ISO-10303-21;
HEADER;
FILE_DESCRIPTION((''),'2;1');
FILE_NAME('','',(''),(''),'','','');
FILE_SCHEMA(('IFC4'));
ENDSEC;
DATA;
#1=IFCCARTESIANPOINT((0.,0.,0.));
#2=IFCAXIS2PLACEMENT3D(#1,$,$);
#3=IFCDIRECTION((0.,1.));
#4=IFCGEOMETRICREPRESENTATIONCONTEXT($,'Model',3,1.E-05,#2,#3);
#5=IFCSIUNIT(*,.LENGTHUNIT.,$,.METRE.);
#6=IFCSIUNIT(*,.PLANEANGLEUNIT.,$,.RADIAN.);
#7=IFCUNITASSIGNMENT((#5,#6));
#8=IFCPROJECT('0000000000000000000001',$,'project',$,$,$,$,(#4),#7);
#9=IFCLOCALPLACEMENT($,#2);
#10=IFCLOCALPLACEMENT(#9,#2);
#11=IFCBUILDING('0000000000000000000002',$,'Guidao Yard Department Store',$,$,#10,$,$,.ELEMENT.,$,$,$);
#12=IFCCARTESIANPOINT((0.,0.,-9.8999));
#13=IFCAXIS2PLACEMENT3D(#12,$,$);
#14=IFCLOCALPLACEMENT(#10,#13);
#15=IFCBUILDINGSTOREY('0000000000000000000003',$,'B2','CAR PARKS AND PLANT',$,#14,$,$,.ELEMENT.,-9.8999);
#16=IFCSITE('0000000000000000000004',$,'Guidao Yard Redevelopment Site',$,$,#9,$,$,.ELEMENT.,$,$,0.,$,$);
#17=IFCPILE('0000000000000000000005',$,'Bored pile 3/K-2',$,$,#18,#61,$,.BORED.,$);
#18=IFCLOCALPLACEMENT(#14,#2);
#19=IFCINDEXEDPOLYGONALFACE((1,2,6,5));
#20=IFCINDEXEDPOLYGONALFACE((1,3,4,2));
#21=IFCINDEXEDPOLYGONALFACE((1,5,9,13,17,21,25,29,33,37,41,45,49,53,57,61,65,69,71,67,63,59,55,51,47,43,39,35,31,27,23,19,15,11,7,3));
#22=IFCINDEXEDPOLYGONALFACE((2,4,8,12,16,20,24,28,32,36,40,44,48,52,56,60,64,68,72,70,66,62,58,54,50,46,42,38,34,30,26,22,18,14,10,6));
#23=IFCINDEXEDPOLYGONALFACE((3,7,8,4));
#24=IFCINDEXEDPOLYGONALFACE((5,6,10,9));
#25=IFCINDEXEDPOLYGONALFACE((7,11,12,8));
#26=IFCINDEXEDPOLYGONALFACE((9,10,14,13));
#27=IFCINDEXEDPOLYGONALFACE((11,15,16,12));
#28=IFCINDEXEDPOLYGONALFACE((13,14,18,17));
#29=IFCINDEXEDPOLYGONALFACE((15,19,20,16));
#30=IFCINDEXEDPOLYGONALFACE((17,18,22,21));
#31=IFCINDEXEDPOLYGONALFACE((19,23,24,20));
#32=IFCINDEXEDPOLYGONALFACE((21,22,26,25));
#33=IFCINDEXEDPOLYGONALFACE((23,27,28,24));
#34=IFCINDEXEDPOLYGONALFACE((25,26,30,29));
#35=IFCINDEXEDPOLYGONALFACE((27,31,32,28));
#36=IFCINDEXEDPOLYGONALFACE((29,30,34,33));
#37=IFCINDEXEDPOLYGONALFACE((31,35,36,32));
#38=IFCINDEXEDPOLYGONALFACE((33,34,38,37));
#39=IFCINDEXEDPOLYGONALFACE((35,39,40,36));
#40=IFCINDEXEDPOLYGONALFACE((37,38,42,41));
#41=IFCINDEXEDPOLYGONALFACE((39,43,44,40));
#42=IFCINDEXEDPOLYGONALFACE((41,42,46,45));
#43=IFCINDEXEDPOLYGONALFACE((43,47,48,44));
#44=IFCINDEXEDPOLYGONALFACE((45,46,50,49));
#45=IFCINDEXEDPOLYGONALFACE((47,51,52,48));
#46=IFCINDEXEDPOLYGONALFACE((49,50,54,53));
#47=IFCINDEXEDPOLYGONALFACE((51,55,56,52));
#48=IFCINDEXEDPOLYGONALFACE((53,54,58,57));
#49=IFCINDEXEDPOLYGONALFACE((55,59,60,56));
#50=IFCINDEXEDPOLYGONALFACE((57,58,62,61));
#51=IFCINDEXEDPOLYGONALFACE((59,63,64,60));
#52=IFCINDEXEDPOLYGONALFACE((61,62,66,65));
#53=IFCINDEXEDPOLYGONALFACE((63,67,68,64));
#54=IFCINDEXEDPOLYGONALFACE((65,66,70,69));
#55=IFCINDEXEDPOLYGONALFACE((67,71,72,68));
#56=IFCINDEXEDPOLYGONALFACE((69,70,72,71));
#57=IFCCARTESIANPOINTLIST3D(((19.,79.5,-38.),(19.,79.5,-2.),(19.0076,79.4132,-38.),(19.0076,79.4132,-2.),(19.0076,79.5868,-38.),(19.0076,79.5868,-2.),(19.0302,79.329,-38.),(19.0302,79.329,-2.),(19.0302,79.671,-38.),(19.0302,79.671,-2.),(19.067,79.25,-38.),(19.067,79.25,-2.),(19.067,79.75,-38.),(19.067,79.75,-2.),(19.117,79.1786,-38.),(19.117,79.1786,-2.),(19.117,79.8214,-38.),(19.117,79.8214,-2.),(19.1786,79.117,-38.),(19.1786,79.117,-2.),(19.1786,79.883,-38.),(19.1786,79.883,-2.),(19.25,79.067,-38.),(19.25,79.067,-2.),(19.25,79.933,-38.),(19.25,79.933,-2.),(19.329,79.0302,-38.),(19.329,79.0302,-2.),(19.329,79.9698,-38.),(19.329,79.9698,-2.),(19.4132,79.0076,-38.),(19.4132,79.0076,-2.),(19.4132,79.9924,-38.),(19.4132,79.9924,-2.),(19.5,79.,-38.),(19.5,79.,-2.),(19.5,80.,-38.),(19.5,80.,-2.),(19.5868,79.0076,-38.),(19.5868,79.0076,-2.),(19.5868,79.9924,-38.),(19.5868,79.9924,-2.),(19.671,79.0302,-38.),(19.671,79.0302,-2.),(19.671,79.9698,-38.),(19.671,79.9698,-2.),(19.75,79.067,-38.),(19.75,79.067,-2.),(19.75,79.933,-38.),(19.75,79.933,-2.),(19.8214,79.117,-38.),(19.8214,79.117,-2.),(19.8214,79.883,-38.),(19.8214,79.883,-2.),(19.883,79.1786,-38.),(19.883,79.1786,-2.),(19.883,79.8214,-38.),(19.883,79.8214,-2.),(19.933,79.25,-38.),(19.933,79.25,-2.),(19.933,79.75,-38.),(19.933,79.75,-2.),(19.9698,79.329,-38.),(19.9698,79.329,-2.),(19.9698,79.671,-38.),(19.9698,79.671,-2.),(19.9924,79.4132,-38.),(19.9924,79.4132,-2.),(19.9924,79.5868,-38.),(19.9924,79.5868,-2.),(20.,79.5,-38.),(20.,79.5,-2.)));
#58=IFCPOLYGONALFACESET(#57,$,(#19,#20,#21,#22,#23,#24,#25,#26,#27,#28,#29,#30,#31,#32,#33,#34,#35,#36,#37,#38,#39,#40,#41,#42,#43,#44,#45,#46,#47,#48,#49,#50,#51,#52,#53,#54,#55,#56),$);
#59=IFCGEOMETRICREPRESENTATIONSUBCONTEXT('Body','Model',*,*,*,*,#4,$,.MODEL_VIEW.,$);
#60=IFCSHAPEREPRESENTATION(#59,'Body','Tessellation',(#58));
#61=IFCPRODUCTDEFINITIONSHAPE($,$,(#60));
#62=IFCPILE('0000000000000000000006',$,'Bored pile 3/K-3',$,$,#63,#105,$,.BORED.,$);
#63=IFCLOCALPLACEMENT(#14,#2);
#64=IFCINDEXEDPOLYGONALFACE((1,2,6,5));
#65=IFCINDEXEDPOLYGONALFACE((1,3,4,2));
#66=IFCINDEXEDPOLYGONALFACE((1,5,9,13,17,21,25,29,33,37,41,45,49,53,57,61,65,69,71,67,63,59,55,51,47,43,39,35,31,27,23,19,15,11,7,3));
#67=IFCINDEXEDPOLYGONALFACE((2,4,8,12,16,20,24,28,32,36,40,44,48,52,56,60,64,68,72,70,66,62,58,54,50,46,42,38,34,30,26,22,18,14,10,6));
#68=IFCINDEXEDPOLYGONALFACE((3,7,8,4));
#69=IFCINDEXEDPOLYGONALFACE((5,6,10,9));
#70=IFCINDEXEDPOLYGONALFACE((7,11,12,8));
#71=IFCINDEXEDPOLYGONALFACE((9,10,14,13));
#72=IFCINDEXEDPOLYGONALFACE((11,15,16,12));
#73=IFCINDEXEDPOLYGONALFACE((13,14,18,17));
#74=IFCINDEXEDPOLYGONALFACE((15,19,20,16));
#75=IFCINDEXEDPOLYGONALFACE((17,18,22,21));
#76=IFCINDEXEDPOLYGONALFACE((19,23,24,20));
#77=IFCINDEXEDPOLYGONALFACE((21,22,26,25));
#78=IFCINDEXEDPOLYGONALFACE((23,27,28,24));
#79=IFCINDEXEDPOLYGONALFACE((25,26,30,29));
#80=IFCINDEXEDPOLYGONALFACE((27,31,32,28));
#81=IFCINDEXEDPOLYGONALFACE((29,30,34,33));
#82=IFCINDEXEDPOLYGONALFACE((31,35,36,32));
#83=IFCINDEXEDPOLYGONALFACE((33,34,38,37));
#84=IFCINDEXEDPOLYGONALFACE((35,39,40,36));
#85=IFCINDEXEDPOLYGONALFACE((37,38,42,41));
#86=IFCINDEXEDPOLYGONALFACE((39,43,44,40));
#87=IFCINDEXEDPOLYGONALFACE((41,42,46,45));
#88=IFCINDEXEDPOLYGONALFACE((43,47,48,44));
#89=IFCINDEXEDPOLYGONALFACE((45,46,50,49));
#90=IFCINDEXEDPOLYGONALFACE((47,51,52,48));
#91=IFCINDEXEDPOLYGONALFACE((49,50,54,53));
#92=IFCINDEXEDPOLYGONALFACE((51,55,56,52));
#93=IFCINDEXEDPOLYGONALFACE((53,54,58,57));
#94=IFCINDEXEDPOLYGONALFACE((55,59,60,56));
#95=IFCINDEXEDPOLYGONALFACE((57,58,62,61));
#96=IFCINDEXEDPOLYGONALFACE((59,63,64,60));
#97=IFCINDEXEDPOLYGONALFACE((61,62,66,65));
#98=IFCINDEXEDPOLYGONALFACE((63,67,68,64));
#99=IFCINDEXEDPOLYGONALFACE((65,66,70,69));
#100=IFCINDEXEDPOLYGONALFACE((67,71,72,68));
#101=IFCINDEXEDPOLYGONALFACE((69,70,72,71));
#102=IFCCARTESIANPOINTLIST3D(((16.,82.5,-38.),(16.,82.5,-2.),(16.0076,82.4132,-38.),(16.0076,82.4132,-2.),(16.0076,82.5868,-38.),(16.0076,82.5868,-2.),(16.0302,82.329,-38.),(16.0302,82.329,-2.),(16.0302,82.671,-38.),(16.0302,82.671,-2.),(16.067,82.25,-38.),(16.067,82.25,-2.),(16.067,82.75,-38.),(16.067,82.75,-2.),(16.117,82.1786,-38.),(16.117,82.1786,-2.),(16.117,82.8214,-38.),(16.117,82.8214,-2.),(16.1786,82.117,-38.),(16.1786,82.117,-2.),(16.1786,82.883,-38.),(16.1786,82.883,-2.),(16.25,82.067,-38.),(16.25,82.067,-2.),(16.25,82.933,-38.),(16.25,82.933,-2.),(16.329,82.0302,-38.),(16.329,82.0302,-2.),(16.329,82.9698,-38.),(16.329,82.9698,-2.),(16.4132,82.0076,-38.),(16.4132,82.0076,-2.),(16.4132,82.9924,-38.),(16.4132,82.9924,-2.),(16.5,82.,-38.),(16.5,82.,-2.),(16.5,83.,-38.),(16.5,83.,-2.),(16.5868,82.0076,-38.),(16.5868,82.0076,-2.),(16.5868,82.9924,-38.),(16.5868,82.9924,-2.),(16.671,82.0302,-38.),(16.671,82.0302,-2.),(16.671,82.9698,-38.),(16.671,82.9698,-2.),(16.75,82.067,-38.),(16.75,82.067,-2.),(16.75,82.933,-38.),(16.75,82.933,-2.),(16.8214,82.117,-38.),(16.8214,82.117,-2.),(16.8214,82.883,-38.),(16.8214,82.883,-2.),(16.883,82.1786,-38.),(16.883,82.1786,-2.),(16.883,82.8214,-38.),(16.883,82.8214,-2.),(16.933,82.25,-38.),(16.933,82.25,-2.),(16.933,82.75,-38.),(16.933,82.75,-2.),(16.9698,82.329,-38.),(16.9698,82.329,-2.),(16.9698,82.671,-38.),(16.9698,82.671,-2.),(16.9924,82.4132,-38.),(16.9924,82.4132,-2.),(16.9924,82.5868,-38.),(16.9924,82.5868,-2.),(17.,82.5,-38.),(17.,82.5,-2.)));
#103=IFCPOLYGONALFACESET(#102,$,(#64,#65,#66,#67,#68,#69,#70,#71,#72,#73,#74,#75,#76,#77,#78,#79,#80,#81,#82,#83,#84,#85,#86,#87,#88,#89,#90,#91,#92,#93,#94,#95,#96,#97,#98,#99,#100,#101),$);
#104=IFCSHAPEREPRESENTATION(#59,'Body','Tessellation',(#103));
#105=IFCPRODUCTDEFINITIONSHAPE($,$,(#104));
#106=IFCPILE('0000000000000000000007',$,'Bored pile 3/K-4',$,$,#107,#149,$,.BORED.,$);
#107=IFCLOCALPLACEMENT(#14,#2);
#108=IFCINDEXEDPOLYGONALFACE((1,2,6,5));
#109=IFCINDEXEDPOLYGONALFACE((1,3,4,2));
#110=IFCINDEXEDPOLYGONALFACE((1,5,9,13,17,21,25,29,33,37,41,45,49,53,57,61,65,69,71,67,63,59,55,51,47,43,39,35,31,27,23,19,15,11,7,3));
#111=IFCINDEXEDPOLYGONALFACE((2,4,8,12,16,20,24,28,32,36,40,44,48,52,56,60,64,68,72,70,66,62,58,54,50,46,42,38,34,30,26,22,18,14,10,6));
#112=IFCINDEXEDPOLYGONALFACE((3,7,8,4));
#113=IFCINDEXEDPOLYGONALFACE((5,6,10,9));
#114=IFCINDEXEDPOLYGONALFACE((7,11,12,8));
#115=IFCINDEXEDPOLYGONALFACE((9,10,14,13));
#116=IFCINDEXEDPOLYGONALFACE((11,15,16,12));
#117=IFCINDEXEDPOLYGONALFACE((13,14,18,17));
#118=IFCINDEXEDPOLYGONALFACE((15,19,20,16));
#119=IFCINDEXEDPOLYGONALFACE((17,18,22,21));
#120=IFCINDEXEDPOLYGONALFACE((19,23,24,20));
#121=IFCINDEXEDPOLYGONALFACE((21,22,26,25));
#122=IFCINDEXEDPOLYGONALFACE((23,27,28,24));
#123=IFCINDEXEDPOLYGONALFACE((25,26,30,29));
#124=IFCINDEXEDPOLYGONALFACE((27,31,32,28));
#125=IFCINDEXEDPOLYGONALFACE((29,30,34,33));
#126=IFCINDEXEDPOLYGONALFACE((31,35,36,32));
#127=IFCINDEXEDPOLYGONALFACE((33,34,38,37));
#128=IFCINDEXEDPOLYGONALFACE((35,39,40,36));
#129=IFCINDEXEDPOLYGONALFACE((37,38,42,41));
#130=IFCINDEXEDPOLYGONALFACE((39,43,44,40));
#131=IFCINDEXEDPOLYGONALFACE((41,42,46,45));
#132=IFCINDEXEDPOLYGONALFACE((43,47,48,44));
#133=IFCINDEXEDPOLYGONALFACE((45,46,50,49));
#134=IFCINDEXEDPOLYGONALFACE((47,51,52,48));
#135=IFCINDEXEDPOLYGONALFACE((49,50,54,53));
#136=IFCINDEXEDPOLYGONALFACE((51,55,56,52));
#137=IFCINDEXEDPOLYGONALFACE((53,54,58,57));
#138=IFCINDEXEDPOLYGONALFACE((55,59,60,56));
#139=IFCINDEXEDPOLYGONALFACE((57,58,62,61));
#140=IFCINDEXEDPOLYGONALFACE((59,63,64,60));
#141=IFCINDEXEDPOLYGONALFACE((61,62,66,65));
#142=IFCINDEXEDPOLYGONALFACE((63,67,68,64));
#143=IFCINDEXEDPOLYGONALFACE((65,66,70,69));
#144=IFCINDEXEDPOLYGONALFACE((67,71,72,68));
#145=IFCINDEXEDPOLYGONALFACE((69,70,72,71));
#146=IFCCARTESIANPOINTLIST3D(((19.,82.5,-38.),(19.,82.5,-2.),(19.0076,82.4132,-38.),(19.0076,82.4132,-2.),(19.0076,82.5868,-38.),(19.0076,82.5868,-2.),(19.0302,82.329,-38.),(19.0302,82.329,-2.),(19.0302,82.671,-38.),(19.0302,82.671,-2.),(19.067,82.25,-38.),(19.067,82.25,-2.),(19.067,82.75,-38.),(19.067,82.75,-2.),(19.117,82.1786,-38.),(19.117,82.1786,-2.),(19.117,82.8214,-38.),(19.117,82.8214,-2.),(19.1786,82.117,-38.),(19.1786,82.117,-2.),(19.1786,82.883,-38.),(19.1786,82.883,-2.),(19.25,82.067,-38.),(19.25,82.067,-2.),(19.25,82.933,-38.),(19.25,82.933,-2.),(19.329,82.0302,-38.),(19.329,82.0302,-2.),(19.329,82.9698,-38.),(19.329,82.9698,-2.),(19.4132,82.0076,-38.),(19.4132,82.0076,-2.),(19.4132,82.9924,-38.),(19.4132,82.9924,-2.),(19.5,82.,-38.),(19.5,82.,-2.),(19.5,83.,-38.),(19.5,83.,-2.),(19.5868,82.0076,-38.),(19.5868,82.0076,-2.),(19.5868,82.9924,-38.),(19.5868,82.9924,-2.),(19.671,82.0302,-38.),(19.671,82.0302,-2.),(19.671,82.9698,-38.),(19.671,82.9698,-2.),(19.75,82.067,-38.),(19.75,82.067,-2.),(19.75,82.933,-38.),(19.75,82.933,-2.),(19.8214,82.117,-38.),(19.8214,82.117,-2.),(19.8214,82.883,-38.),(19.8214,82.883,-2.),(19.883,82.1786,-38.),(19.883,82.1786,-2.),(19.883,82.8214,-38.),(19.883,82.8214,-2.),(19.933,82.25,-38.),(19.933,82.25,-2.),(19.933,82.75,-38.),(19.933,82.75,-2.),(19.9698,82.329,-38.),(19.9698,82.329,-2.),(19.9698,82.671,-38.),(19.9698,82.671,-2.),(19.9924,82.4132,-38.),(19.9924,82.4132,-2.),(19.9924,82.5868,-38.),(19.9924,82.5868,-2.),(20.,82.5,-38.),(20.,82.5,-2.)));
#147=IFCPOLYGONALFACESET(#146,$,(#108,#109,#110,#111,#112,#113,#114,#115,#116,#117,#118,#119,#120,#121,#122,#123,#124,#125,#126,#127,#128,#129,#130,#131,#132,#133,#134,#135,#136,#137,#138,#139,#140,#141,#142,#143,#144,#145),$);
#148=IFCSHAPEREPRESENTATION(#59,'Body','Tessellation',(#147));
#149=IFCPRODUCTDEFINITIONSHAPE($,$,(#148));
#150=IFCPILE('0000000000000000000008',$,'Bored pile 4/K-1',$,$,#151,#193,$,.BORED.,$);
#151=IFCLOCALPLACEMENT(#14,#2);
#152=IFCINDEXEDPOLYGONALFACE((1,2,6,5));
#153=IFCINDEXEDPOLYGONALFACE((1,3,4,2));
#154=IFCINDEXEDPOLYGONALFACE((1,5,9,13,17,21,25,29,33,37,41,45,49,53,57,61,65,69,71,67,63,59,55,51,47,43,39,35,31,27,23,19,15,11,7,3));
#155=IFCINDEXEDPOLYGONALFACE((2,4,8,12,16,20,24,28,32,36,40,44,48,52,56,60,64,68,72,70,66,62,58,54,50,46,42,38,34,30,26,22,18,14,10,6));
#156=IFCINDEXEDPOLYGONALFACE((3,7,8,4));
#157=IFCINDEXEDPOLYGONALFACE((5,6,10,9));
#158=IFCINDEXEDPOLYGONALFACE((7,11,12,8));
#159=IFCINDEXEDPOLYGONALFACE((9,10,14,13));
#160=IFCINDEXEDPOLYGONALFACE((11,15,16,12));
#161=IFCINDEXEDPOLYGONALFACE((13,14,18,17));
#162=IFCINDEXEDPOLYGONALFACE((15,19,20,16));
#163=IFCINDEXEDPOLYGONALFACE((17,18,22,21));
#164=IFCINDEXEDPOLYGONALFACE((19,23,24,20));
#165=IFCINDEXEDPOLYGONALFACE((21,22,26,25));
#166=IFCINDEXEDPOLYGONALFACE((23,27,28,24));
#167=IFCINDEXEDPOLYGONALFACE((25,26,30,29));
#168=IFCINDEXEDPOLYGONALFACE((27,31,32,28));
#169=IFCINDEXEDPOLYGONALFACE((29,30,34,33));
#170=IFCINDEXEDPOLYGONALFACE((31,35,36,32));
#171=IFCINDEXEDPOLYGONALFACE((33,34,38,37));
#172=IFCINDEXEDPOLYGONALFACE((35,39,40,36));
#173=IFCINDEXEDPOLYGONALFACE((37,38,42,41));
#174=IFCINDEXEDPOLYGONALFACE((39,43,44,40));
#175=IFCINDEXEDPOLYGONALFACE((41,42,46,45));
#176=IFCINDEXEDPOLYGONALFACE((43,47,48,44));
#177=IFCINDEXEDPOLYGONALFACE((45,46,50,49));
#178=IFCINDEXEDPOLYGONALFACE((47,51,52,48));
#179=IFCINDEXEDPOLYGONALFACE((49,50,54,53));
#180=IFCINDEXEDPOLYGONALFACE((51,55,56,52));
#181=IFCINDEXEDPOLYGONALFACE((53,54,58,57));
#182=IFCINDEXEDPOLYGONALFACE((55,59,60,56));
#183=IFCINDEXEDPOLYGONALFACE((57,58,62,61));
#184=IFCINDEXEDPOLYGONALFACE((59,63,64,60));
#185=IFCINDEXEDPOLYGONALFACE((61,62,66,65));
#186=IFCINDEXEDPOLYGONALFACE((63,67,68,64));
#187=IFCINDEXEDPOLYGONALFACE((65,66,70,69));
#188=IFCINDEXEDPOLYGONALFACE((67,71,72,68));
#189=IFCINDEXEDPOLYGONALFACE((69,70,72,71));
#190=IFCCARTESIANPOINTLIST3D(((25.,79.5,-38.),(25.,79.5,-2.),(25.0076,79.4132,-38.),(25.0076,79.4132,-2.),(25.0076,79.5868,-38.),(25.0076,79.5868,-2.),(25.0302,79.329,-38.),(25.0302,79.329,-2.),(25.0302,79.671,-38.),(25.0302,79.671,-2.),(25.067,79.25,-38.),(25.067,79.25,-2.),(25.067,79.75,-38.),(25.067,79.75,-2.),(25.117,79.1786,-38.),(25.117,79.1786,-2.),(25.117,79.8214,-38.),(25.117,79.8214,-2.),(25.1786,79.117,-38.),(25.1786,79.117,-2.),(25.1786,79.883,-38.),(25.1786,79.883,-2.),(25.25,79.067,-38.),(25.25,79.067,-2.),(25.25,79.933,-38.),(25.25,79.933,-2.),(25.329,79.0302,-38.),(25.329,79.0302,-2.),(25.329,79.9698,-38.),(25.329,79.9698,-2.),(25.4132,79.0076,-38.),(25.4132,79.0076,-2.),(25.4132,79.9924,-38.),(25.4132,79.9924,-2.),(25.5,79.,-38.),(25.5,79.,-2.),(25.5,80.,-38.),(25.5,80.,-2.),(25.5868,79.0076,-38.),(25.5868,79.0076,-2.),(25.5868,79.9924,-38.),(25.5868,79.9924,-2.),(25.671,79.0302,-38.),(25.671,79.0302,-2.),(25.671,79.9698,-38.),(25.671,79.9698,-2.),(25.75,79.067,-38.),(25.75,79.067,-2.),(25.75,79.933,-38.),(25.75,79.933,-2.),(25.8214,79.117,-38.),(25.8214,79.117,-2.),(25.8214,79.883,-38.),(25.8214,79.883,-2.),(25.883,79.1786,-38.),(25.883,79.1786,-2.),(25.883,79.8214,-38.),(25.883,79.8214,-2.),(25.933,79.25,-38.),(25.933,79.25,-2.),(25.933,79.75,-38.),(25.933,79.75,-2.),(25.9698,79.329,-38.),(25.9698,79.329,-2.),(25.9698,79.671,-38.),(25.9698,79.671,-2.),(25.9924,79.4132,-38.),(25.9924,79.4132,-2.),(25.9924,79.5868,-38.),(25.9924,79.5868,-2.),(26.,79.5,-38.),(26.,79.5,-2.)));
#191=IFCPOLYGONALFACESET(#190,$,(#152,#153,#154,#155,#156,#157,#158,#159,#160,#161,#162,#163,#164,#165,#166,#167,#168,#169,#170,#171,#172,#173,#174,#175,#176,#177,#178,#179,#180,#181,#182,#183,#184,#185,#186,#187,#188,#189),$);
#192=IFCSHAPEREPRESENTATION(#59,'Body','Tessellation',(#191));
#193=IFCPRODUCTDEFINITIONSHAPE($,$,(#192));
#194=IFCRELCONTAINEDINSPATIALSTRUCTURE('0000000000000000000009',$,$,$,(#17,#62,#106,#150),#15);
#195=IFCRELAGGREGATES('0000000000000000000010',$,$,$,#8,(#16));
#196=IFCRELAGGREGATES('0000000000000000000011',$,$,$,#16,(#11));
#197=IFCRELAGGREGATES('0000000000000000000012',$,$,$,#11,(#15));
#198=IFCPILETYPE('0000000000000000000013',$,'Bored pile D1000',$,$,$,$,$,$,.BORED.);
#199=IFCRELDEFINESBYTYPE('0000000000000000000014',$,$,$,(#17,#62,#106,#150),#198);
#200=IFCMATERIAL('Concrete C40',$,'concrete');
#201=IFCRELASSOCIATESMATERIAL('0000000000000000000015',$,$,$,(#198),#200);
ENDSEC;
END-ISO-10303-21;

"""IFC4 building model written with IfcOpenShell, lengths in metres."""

from ifc_helpers import new_model, si_unit, direction, frame, origin, origin_2d, place, context, subcontext, project, spatial, circle, extrude, material, material_profile, profile_set, type_object, element, save


model = new_model("IFC4")

# Units and contexts
model_context = context("Model", 3, precision=1e-05, world=origin(), true_north=direction((0.0, 1.0)))
body_context = subcontext(model_context, "Body", "Model", "MODEL_VIEW")
ifc_project = project(units=[si_unit("LENGTHUNIT", "METRE"), si_unit("PLANEANGLEUNIT", "RADIAN")], contexts=[model_context])

# Site, building, storey
site_placement = place(None, origin())
site = spatial("IfcSite", under=ifc_project, at=site_placement, Name="Guidao Yard Redevelopment Site", CompositionType="ELEMENT", RefElevation=0.0)
building_placement = place(site_placement, origin())
building = spatial("IfcBuilding", under=site, at=building_placement, Name="Guidao Yard Department Store", CompositionType="ELEMENT")
storey_placement = place(building_placement, frame((0.0, 0.0, -9.8999)))
storey = spatial("IfcBuildingStorey", under=building, at=storey_placement, Name="B2", Description="CAR PARKS AND PLANT", CompositionType="ELEMENT", Elevation=-9.8999)

# Piles
ifc_material_1 = material(Name="Concrete C40", Category="concrete")
ifc_material_profile_1 = material_profile(ifc_material_1, circle(Radius=0.5, at=origin_2d()), Name="Bored pile D1000")
ifc_profile_set_1 = profile_set([ifc_material_profile_1], Name="Concrete C40")
pile_type = type_object("IfcPileType", Name="Bored pile D1000", PredefinedType="BORED", material=ifc_profile_set_1)
for number, where, z_axis, x_axis, name in (
    (1, (19.5, 79.5, -2.0), (0.0, 0.0, -1.0), (1.0, 0.0, 0.0), "Bored pile 3/K-2"),
    (2, (16.5, 82.5, -2.0), (0.0, 0.0, -1.0), (1.0, 0.0, 0.0), "Bored pile 3/K-3"),
    (3, (19.5, 82.5, -2.0), (0.0, 0.0, -1.0), (1.0, 0.0, 0.0), "Bored pile 3/K-4"),
    (4, (25.5, 79.5, -2.0), (0.0, 0.0, -1.0), (1.0, 0.0, 0.0), "Bored pile 4/K-1"),
):
    element("IfcPile", number, at=place(storey_placement, frame(where, z_axis=z_axis, x_axis=x_axis)), inside=storey, type_object=pile_type, Name=name, PredefinedType="BORED", context=body_context, shape_type="SweptSolid", body=[
        extrude(circle(Radius=0.5, at=origin_2d()), origin(), (0.0, 0.0, 1.0), 36.0),
    ])

save(model, "model.ifc")
